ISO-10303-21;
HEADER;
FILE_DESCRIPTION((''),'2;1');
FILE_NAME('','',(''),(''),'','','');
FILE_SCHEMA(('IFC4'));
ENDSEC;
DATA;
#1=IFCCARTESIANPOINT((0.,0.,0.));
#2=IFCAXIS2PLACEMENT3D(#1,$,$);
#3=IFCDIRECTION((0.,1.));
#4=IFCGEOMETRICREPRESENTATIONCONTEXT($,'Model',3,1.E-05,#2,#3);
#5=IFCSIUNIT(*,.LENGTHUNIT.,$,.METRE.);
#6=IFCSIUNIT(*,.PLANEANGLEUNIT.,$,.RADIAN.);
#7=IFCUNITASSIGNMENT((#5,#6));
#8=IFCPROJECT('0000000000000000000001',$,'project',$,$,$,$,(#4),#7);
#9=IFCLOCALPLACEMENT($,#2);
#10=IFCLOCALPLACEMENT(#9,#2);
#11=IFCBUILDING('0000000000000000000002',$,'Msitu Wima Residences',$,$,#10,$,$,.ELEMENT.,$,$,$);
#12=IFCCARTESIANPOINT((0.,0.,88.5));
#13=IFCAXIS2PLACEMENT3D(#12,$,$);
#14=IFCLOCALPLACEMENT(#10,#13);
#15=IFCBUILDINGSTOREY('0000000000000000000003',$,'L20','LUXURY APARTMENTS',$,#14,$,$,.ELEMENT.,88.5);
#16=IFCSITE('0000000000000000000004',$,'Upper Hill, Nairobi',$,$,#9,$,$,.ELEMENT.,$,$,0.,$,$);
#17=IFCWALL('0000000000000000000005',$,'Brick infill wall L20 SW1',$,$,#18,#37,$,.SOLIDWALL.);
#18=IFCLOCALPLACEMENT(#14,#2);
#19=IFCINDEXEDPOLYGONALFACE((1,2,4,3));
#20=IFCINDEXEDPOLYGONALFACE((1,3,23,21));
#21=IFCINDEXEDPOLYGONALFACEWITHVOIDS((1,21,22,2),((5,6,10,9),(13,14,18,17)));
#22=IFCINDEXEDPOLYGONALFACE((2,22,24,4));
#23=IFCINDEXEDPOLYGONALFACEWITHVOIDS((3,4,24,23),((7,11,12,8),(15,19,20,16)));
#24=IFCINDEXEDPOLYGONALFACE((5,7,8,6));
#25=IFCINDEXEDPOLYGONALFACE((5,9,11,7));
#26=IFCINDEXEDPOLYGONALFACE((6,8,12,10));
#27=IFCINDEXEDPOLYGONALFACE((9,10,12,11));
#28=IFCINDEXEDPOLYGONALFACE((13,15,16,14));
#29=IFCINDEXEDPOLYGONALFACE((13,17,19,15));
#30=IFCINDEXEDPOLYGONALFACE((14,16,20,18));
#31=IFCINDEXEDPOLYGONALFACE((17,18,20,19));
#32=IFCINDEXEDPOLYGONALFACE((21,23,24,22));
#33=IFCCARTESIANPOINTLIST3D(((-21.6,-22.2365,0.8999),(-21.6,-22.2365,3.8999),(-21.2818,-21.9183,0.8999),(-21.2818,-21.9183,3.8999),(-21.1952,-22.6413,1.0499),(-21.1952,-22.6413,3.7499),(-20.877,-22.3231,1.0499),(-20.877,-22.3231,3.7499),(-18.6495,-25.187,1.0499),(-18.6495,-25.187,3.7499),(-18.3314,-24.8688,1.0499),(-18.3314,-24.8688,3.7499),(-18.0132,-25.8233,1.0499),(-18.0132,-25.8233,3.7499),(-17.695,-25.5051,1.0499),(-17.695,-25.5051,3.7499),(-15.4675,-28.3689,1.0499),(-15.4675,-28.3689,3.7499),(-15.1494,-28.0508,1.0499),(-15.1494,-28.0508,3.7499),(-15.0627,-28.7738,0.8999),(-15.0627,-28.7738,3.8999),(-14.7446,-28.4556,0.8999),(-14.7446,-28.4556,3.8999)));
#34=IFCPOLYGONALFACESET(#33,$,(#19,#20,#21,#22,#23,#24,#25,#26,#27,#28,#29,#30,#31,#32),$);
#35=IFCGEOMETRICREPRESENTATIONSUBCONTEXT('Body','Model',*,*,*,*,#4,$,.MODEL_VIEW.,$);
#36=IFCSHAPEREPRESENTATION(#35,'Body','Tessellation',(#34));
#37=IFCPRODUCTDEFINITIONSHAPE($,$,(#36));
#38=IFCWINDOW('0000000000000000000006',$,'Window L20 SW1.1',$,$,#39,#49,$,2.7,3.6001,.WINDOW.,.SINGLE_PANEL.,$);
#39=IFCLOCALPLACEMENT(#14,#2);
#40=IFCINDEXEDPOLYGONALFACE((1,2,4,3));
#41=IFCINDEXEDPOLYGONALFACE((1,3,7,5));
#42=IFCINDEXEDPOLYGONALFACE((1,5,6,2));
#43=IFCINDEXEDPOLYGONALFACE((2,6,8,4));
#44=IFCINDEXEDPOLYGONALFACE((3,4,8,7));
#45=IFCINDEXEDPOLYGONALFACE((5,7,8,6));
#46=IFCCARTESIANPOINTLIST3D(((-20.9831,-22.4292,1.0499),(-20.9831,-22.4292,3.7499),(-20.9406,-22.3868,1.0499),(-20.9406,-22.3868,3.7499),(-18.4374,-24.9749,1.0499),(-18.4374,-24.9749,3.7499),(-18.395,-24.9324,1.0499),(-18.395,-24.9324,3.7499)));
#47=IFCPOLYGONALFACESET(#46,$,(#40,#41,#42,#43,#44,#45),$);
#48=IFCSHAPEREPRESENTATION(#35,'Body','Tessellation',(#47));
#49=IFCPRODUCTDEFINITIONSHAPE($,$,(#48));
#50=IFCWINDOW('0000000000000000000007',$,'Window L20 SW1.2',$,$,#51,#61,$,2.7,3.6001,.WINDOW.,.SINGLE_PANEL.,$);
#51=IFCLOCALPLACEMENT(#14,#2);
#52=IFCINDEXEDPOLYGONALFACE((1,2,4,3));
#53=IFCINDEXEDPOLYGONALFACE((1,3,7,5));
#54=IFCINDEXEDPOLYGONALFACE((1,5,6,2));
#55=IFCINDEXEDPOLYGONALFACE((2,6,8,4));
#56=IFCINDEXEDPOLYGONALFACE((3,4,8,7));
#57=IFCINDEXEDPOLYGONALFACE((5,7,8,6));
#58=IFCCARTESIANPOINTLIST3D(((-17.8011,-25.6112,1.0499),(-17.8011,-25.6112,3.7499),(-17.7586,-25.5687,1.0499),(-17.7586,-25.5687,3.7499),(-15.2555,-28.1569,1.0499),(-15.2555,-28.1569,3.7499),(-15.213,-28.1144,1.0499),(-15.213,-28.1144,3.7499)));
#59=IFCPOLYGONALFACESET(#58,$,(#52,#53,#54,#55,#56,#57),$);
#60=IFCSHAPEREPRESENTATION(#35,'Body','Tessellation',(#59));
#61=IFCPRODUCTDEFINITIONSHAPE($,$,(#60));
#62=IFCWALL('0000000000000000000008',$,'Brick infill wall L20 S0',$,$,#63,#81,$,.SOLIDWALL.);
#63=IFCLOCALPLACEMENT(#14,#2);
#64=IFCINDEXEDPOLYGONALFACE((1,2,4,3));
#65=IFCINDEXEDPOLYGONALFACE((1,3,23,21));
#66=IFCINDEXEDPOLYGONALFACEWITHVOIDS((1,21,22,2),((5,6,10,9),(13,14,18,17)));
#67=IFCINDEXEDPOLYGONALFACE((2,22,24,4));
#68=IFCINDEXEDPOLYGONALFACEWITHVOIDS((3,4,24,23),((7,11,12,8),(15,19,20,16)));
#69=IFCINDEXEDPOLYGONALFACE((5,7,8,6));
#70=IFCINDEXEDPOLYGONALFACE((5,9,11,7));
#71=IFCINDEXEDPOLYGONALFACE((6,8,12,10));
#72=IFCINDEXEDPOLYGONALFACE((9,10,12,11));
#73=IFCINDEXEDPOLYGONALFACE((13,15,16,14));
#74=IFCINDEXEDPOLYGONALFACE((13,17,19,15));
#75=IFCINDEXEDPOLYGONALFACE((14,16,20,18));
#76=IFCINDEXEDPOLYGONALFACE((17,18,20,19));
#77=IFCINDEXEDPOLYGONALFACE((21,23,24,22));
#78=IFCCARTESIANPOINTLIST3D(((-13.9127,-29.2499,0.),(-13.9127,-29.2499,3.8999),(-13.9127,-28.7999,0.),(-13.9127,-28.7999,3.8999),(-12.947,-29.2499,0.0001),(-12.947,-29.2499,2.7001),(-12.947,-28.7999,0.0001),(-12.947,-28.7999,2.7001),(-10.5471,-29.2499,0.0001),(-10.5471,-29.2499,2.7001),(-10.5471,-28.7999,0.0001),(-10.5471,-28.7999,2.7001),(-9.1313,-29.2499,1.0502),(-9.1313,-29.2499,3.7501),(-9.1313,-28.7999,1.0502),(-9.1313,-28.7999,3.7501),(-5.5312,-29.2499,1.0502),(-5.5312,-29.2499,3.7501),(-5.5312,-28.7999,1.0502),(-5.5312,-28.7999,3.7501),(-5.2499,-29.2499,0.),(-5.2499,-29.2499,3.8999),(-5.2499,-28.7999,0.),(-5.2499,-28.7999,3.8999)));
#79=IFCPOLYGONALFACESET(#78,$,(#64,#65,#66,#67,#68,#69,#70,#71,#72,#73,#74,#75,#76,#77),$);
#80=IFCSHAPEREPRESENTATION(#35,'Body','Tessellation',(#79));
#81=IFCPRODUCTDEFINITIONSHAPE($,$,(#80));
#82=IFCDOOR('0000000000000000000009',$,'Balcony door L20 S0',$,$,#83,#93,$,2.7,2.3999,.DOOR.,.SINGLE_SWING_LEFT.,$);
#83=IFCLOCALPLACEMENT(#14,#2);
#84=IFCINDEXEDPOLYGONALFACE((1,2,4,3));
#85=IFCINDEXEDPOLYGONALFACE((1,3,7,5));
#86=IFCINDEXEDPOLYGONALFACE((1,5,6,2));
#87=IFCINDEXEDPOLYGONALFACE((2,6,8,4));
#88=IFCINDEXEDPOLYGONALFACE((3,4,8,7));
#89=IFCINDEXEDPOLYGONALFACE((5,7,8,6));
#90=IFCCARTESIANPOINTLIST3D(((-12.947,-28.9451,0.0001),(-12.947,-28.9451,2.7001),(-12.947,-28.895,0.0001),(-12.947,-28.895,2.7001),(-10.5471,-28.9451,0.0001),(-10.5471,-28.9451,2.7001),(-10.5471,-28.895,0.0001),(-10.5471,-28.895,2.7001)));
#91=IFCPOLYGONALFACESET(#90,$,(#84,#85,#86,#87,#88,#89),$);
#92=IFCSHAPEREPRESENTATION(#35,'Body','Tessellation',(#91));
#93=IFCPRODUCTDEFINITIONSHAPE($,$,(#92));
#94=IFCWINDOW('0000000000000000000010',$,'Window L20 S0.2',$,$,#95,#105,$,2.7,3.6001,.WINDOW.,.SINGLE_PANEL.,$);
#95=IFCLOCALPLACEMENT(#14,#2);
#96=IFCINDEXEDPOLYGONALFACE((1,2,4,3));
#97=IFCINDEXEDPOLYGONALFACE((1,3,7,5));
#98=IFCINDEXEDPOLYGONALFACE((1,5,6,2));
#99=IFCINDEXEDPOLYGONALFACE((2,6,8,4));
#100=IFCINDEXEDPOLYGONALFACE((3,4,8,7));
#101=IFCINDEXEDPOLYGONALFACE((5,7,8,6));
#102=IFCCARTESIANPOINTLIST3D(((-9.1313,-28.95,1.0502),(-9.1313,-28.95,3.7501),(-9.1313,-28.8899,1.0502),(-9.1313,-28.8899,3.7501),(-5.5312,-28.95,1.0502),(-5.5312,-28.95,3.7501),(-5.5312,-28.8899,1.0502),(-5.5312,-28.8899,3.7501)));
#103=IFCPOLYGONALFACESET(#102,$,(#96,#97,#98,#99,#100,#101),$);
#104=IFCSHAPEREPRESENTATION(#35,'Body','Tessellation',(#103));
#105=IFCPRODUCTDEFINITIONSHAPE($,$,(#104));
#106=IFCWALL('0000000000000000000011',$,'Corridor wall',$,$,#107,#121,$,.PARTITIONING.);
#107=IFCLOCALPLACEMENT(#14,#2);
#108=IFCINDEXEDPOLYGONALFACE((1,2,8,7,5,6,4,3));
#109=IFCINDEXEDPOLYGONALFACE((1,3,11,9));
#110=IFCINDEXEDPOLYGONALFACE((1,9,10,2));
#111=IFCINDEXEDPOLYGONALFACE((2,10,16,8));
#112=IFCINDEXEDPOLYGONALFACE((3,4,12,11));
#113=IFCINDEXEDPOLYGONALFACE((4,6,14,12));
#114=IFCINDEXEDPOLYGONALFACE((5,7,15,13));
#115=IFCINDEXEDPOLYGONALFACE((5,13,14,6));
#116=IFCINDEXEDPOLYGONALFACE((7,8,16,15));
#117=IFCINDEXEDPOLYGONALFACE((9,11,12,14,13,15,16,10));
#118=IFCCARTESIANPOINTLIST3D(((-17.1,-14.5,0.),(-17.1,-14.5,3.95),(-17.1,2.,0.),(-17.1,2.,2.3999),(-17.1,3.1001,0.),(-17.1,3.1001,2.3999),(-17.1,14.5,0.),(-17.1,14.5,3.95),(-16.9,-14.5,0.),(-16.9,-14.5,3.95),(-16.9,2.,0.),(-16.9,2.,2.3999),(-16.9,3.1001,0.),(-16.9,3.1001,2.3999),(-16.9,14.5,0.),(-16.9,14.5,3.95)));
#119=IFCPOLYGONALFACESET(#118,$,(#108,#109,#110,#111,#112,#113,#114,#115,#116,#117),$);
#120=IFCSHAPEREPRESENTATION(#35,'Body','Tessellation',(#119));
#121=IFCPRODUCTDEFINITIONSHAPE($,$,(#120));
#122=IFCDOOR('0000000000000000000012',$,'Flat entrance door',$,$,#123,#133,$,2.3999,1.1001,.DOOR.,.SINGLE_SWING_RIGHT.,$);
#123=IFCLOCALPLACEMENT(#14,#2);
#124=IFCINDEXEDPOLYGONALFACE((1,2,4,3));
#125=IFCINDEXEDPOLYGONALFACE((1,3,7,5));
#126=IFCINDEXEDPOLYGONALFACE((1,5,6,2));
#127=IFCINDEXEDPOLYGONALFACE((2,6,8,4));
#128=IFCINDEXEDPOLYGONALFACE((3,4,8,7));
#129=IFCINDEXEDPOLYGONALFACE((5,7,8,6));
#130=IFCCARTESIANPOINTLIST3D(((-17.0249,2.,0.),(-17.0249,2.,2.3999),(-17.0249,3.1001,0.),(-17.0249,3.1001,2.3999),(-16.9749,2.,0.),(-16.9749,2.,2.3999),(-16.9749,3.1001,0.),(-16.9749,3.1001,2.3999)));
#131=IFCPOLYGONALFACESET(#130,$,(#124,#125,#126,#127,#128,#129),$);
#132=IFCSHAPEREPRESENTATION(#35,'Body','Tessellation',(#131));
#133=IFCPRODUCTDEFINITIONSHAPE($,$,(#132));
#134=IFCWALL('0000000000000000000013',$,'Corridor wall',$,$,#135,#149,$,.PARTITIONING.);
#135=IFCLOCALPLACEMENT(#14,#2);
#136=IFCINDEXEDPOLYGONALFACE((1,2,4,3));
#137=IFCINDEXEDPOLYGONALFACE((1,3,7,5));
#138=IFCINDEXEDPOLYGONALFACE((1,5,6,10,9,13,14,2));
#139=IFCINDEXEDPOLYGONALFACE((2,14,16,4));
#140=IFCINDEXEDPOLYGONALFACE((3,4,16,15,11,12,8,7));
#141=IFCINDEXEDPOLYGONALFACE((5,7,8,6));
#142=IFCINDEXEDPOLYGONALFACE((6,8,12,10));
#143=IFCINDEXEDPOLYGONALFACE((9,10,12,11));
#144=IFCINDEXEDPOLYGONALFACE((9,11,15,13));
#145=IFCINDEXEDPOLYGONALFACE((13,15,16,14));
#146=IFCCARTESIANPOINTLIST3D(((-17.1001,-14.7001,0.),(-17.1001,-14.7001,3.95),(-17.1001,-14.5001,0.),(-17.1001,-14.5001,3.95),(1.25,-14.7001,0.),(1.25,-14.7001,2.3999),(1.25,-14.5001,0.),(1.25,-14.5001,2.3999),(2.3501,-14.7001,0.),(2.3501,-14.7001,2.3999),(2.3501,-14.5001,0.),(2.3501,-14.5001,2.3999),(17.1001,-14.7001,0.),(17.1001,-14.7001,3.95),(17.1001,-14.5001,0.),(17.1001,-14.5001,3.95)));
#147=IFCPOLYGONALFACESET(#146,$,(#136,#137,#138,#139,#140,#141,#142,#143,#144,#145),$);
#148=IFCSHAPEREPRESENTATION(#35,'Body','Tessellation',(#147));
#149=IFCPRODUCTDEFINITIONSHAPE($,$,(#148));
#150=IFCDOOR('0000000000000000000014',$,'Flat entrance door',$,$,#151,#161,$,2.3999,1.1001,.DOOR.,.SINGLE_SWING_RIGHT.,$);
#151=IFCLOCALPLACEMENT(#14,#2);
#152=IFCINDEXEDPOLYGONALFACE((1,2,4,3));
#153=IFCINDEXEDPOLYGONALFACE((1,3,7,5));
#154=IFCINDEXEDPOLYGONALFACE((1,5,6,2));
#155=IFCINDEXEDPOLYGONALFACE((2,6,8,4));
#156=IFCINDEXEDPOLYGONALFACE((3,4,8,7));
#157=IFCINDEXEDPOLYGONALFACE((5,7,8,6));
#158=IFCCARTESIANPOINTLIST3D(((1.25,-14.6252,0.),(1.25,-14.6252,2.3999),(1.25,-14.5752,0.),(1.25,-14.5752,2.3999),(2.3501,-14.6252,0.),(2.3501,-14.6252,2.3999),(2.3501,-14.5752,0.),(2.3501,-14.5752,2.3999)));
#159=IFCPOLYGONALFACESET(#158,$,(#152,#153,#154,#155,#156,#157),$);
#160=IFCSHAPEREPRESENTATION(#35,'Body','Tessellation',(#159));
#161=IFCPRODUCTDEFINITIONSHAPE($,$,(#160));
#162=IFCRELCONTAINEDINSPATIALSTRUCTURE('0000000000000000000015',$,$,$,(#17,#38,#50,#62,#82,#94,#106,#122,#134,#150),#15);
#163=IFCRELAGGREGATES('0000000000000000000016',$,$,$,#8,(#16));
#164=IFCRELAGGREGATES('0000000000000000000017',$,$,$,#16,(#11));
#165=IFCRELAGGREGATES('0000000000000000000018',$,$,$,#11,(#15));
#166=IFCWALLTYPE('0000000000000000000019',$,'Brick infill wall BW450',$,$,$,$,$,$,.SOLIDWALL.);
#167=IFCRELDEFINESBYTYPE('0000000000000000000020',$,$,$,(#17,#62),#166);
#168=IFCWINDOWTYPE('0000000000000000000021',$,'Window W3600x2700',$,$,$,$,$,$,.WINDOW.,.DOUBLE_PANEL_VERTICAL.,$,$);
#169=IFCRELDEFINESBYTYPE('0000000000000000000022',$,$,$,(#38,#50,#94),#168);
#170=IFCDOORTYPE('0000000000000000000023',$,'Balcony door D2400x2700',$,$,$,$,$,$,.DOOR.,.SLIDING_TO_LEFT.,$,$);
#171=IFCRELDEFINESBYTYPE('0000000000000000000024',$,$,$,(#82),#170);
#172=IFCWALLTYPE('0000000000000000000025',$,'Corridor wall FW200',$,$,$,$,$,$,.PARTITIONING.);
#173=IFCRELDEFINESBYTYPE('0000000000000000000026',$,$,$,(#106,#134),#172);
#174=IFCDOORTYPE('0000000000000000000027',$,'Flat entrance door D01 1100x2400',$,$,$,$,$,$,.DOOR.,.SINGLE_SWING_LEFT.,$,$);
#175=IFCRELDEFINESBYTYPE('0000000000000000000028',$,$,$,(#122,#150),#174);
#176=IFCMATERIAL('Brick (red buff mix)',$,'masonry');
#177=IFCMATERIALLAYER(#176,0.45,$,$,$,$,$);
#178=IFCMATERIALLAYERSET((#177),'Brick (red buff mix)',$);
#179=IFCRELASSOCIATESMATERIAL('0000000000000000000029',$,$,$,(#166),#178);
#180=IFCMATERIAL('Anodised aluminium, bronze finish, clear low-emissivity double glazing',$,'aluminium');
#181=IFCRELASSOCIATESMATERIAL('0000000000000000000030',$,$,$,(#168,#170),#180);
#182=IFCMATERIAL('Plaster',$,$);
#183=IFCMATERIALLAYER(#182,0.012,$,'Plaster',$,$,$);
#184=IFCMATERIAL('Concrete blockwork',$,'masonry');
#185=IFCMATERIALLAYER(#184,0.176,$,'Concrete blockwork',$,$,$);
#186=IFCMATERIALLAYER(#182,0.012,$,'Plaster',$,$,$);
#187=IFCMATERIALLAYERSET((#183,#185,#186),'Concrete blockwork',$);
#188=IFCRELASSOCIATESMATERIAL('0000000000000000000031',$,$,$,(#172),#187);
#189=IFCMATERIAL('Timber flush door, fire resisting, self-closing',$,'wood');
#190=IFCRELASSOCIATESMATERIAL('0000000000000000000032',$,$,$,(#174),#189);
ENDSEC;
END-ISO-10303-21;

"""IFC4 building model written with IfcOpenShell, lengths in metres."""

from ifc_helpers import new_model, si_unit, direction, frame, frame_2d, origin, place, context, subcontext, project, spatial, rectangle, extrude, material, layer, layer_set, type_object, element, fill, save


model = new_model("IFC4")

# Units and contexts
model_context = context("Model", 3, precision=1e-05, world=origin(), true_north=direction((0.0, 1.0)))
body_context = subcontext(model_context, "Body", "Model", "MODEL_VIEW")
ifc_project = project(units=[si_unit("LENGTHUNIT", "METRE"), si_unit("PLANEANGLEUNIT", "RADIAN")], contexts=[model_context])

# Site, building, storey
site_placement = place(None, origin())
site = spatial("IfcSite", under=ifc_project, at=site_placement, Name="Upper Hill, Nairobi", CompositionType="ELEMENT", RefElevation=0.0)
building_placement = place(site_placement, origin())
building = spatial("IfcBuilding", under=site, at=building_placement, Name="Msitu Wima Residences", CompositionType="ELEMENT")
storey_placement = place(building_placement, frame((0.0, 0.0, 88.5)))
storey = spatial("IfcBuildingStorey", under=building, at=storey_placement, Name="L20", Description="LUXURY APARTMENTS", CompositionType="ELEMENT", Elevation=88.5)

# Wall, openings, windows
ifc_material_1 = material(Name="Brick (red buff mix)", Category="masonry")
ifc_layer_1 = layer(ifc_material_1, 0.45)
ifc_layer_set_1 = layer_set([ifc_layer_1], Name="Brick (red buff mix)")
wall_type_1 = type_object("IfcWallType", Name="Brick infill wall BW450", PredefinedType="SOLIDWALL", material=ifc_layer_set_1)
ifc_material_2 = material(Name="Anodised aluminium, bronze finish, clear low-emissivity double glazing", Category="aluminium")
window_type = type_object("IfcWindowType", Name="Window W3600x2700", PartitioningType="DOUBLE_PANEL_VERTICAL", PredefinedType="WINDOW", material=ifc_material_2)
wall_1_placement = place(storey_placement, frame((-21.4409, -22.0774, 0.8999), z_axis=(0.0, 0.0, 1.0), x_axis=(0.707107, -0.707107, 0.0)))
wall_1 = element("IfcWall", 1, at=wall_1_placement, inside=storey, type_object=wall_type_1, Name="Brick infill wall L20 SW1", PredefinedType="SOLIDWALL", context=body_context, shape_type="SweptSolid", body=[
    extrude(rectangle(XDim=9.2451, YDim=0.45, at=frame_2d((4.6226, 0.0))), origin(), (0.0, 0.0, 1.0), 3.0),
])
opening_1_placement = place(wall_1_placement, frame((0.5725, 0.0, 0.1499)))
opening_1 = element("IfcOpeningElement", 2, at=opening_1_placement, cuts=wall_1, PredefinedType="OPENING", context=body_context, shape_type="SweptSolid", body=[
    extrude(rectangle(XDim=3.6001, YDim=2.7, at=frame_2d((1.8, 1.3501))), frame((0.0, 0.2349, 0.0), z_axis=(0.0, -1.0, 0.0), x_axis=(1.0, 0.0, 0.0)), (0.0, 0.0, 1.0), 0.47),
])
opening_2_placement = place(wall_1_placement, frame((5.0725, 0.0, 0.1499)))
opening_2 = element("IfcOpeningElement", 3, at=opening_2_placement, cuts=wall_1, PredefinedType="OPENING", context=body_context, shape_type="SweptSolid", body=[
    extrude(rectangle(XDim=3.6001, YDim=2.7, at=frame_2d((1.8, 1.3501))), frame((0.0, 0.2349, 0.0), z_axis=(0.0, -1.0, 0.0), x_axis=(1.0, 0.0, 0.0)), (0.0, 0.0, 1.0), 0.47),
])
window_1_placement = place(opening_1_placement, origin())
window_1 = element("IfcWindow", 4, at=window_1_placement, inside=storey, type_object=window_type, Name="Window L20 SW1.1", OverallHeight=2.7, OverallWidth=3.6001, PartitioningType="SINGLE_PANEL", PredefinedType="WINDOW", context=body_context, shape_type="SweptSolid", body=[
    extrude(rectangle(XDim=3.6001, YDim=2.7, at=frame_2d((1.8, 1.3501))), frame((0.0, 0.135, 0.0), z_axis=(0.0, -1.0, 0.0), x_axis=(1.0, 0.0, 0.0)), (0.0, 0.0, 1.0), 0.0601),
])
fill(opening_1, window_1)
window_2_placement = place(opening_2_placement, origin())
window_2 = element("IfcWindow", 5, at=window_2_placement, inside=storey, type_object=window_type, Name="Window L20 SW1.2", OverallHeight=2.7, OverallWidth=3.6001, PartitioningType="SINGLE_PANEL", PredefinedType="WINDOW", context=body_context, shape_type="SweptSolid", body=[
    extrude(rectangle(XDim=3.6001, YDim=2.7, at=frame_2d((1.8, 1.3501))), frame((0.0, 0.135, 0.0), z_axis=(0.0, -1.0, 0.0), x_axis=(1.0, 0.0, 0.0)), (0.0, 0.0, 1.0), 0.0601),
])
fill(opening_2, window_2)

# Wall, openings, door, window
wall_2_placement = place(storey_placement, frame((-13.9128, -29.0249, 0.0), z_axis=(0.0, 0.0, 1.0), x_axis=(1.0, 0.0, 0.0)))
wall_2 = element("IfcWall", 6, at=wall_2_placement, inside=storey, type_object=wall_type_1, Name="Brick infill wall L20 S0", PredefinedType="SOLIDWALL", context=body_context, shape_type="SweptSolid", body=[
    extrude(rectangle(XDim=8.6628, YDim=0.45, at=frame_2d((4.3315, 0.0))), origin(), (0.0, 0.0, 1.0), 3.8999),
])
opening_3_placement = place(wall_2_placement, frame((0.9658, 0.0, 0.0)))
opening_3 = element("IfcOpeningElement", 7, at=opening_3_placement, cuts=wall_2, PredefinedType="OPENING", context=body_context, shape_type="SweptSolid", body=[
    extrude(rectangle(XDim=2.3999, YDim=2.7, at=frame_2d((1.2, 1.3501))), frame((0.0, 0.2349, 0.0), z_axis=(0.0, -1.0, 0.0), x_axis=(1.0, 0.0, 0.0)), (0.0, 0.0, 1.0), 0.47),
])
opening_4_placement = place(wall_2_placement, frame((4.7815, 0.0, 1.05)))
opening_4 = element("IfcOpeningElement", 8, at=opening_4_placement, cuts=wall_2, PredefinedType="OPENING", context=body_context, shape_type="SweptSolid", body=[
    extrude(rectangle(XDim=3.6001, YDim=2.7, at=frame_2d((1.8, 1.3501))), frame((0.0, 0.2349, 0.0), z_axis=(0.0, -1.0, 0.0), x_axis=(1.0, 0.0, 0.0)), (0.0, 0.0, 1.0), 0.47),
])
door_type_1 = type_object("IfcDoorType", Name="Balcony door D2400x2700", OperationType="SLIDING_TO_LEFT", PredefinedType="DOOR", material=ifc_material_2)
door_1_placement = place(opening_3_placement, origin())
door_1 = element("IfcDoor", 9, at=door_1_placement, inside=storey, type_object=door_type_1, Name="Balcony door L20 S0", OperationType="SINGLE_SWING_LEFT", OverallHeight=2.7, OverallWidth=2.3999, PredefinedType="DOOR", context=body_context, shape_type="SweptSolid", body=[
    extrude(rectangle(XDim=2.3999, YDim=2.7, at=frame_2d((1.2, 1.3501))), frame((0.0, 0.1299, 0.0), z_axis=(0.0, -1.0, 0.0), x_axis=(1.0, 0.0, 0.0)), (0.0, 0.0, 1.0), 0.05),
])
fill(opening_3, door_1)
window_3_placement = place(opening_4_placement, origin())
window_3 = element("IfcWindow", 10, at=window_3_placement, inside=storey, type_object=window_type, Name="Window L20 S0.2", OverallHeight=2.7, OverallWidth=3.6001, PartitioningType="SINGLE_PANEL", PredefinedType="WINDOW", context=body_context, shape_type="SweptSolid", body=[
    extrude(rectangle(XDim=3.6001, YDim=2.7, at=frame_2d((1.8, 1.3501))), frame((0.0, 0.135, 0.0), z_axis=(0.0, -1.0, 0.0), x_axis=(1.0, 0.0, 0.0)), (0.0, 0.0, 1.0), 0.0601),
])
fill(opening_4, window_3)

# Walls, openings, doors
ifc_material_3 = material(Name="Plaster")
ifc_layer_2 = layer(ifc_material_3, 0.012, Name="Plaster")
ifc_material_4 = material(Name="Concrete blockwork", Category="masonry")
ifc_layer_3 = layer(ifc_material_4, 0.176, Name="Concrete blockwork")
ifc_layer_4 = layer(ifc_material_3, 0.012, Name="Plaster")
ifc_layer_set_2 = layer_set([ifc_layer_2, ifc_layer_3, ifc_layer_4], Name="Concrete blockwork")
wall_type_2 = type_object("IfcWallType", Name="Corridor wall FW200", PredefinedType="PARTITIONING", material=ifc_layer_set_2)
wall_3_placement = place(storey_placement, frame((-17.0, -14.5, 0.0), z_axis=(0.0, 0.0, 1.0), x_axis=(0.0, 1.0, 0.0)))
wall_3 = element("IfcWall", 11, at=wall_3_placement, inside=storey, type_object=wall_type_2, Name="Corridor wall", PredefinedType="PARTITIONING", context=body_context, shape_type="SweptSolid", body=[
    extrude(rectangle(XDim=29.0, YDim=0.2, at=frame_2d((14.5, 0.0))), origin(), (0.0, 0.0, 1.0), 3.95),
])
opening_5_placement = place(wall_3_placement, frame((16.5, 0.0, 0.0)))
opening_5 = element("IfcOpeningElement", 12, at=opening_5_placement, cuts=wall_3, PredefinedType="OPENING", context=body_context, shape_type="SweptSolid", body=[
    extrude(rectangle(XDim=1.1001, YDim=2.3999, at=frame_2d((0.55, 1.2))), frame((0.0, 0.1099, 0.0), z_axis=(0.0, -1.0, 0.0), x_axis=(1.0, 0.0, 0.0)), (0.0, 0.0, 1.0), 0.22),
])
ifc_material_5 = material(Name="Timber flush door, fire resisting, self-closing", Category="wood")
door_type_2 = type_object("IfcDoorType", Name="Flat entrance door D01 1100x2400", OperationType="SINGLE_SWING_LEFT", PredefinedType="DOOR", material=ifc_material_5)
door_2_placement = place(opening_5_placement, origin())
door_2 = element("IfcDoor", 13, at=door_2_placement, inside=storey, type_object=door_type_2, Name="Flat entrance door", OperationType="SINGLE_SWING_RIGHT", OverallHeight=2.3999, OverallWidth=1.1001, PredefinedType="DOOR", context=body_context, shape_type="SweptSolid", body=[
    extrude(rectangle(XDim=1.1001, YDim=2.3999, at=frame_2d((0.55, 1.2))), frame((0.0, 0.0249, 0.0), z_axis=(0.0, -1.0, 0.0), x_axis=(1.0, 0.0, 0.0)), (0.0, 0.0, 1.0), 0.05),
])
fill(opening_5, door_2)
wall_4_placement = place(storey_placement, frame((-17.1001, -14.6001, 0.0), z_axis=(0.0, 0.0, 1.0), x_axis=(1.0, 0.0, 0.0)))
wall_4 = element("IfcWall", 14, at=wall_4_placement, inside=storey, type_object=wall_type_2, Name="Corridor wall", PredefinedType="PARTITIONING", context=body_context, shape_type="SweptSolid", body=[
    extrude(rectangle(XDim=34.2002, YDim=0.2, at=frame_2d((17.1001, 0.0))), origin(), (0.0, 0.0, 1.0), 3.95),
])
opening_6_placement = place(wall_4_placement, frame((18.3501, 0.0, 0.0)))
opening_6 = element("IfcOpeningElement", 15, at=opening_6_placement, cuts=wall_4, PredefinedType="OPENING", context=body_context, shape_type="SweptSolid", body=[
    extrude(rectangle(XDim=1.1001, YDim=2.3999, at=frame_2d((0.55, 1.2))), frame((0.0, 0.1099, 0.0), z_axis=(0.0, -1.0, 0.0), x_axis=(1.0, 0.0, 0.0)), (0.0, 0.0, 1.0), 0.22),
])
door_3_placement = place(opening_6_placement, origin())
door_3 = element("IfcDoor", 16, at=door_3_placement, inside=storey, type_object=door_type_2, Name="Flat entrance door", OperationType="SINGLE_SWING_RIGHT", OverallHeight=2.3999, OverallWidth=1.1001, PredefinedType="DOOR", context=body_context, shape_type="SweptSolid", body=[
    extrude(rectangle(XDim=1.1001, YDim=2.3999, at=frame_2d((0.55, 1.2))), frame((0.0, 0.0249, 0.0), z_axis=(0.0, -1.0, 0.0), x_axis=(1.0, 0.0, 0.0)), (0.0, 0.0, 1.0), 0.05),
])
fill(opening_6, door_3)

save(model, "model.ifc")
